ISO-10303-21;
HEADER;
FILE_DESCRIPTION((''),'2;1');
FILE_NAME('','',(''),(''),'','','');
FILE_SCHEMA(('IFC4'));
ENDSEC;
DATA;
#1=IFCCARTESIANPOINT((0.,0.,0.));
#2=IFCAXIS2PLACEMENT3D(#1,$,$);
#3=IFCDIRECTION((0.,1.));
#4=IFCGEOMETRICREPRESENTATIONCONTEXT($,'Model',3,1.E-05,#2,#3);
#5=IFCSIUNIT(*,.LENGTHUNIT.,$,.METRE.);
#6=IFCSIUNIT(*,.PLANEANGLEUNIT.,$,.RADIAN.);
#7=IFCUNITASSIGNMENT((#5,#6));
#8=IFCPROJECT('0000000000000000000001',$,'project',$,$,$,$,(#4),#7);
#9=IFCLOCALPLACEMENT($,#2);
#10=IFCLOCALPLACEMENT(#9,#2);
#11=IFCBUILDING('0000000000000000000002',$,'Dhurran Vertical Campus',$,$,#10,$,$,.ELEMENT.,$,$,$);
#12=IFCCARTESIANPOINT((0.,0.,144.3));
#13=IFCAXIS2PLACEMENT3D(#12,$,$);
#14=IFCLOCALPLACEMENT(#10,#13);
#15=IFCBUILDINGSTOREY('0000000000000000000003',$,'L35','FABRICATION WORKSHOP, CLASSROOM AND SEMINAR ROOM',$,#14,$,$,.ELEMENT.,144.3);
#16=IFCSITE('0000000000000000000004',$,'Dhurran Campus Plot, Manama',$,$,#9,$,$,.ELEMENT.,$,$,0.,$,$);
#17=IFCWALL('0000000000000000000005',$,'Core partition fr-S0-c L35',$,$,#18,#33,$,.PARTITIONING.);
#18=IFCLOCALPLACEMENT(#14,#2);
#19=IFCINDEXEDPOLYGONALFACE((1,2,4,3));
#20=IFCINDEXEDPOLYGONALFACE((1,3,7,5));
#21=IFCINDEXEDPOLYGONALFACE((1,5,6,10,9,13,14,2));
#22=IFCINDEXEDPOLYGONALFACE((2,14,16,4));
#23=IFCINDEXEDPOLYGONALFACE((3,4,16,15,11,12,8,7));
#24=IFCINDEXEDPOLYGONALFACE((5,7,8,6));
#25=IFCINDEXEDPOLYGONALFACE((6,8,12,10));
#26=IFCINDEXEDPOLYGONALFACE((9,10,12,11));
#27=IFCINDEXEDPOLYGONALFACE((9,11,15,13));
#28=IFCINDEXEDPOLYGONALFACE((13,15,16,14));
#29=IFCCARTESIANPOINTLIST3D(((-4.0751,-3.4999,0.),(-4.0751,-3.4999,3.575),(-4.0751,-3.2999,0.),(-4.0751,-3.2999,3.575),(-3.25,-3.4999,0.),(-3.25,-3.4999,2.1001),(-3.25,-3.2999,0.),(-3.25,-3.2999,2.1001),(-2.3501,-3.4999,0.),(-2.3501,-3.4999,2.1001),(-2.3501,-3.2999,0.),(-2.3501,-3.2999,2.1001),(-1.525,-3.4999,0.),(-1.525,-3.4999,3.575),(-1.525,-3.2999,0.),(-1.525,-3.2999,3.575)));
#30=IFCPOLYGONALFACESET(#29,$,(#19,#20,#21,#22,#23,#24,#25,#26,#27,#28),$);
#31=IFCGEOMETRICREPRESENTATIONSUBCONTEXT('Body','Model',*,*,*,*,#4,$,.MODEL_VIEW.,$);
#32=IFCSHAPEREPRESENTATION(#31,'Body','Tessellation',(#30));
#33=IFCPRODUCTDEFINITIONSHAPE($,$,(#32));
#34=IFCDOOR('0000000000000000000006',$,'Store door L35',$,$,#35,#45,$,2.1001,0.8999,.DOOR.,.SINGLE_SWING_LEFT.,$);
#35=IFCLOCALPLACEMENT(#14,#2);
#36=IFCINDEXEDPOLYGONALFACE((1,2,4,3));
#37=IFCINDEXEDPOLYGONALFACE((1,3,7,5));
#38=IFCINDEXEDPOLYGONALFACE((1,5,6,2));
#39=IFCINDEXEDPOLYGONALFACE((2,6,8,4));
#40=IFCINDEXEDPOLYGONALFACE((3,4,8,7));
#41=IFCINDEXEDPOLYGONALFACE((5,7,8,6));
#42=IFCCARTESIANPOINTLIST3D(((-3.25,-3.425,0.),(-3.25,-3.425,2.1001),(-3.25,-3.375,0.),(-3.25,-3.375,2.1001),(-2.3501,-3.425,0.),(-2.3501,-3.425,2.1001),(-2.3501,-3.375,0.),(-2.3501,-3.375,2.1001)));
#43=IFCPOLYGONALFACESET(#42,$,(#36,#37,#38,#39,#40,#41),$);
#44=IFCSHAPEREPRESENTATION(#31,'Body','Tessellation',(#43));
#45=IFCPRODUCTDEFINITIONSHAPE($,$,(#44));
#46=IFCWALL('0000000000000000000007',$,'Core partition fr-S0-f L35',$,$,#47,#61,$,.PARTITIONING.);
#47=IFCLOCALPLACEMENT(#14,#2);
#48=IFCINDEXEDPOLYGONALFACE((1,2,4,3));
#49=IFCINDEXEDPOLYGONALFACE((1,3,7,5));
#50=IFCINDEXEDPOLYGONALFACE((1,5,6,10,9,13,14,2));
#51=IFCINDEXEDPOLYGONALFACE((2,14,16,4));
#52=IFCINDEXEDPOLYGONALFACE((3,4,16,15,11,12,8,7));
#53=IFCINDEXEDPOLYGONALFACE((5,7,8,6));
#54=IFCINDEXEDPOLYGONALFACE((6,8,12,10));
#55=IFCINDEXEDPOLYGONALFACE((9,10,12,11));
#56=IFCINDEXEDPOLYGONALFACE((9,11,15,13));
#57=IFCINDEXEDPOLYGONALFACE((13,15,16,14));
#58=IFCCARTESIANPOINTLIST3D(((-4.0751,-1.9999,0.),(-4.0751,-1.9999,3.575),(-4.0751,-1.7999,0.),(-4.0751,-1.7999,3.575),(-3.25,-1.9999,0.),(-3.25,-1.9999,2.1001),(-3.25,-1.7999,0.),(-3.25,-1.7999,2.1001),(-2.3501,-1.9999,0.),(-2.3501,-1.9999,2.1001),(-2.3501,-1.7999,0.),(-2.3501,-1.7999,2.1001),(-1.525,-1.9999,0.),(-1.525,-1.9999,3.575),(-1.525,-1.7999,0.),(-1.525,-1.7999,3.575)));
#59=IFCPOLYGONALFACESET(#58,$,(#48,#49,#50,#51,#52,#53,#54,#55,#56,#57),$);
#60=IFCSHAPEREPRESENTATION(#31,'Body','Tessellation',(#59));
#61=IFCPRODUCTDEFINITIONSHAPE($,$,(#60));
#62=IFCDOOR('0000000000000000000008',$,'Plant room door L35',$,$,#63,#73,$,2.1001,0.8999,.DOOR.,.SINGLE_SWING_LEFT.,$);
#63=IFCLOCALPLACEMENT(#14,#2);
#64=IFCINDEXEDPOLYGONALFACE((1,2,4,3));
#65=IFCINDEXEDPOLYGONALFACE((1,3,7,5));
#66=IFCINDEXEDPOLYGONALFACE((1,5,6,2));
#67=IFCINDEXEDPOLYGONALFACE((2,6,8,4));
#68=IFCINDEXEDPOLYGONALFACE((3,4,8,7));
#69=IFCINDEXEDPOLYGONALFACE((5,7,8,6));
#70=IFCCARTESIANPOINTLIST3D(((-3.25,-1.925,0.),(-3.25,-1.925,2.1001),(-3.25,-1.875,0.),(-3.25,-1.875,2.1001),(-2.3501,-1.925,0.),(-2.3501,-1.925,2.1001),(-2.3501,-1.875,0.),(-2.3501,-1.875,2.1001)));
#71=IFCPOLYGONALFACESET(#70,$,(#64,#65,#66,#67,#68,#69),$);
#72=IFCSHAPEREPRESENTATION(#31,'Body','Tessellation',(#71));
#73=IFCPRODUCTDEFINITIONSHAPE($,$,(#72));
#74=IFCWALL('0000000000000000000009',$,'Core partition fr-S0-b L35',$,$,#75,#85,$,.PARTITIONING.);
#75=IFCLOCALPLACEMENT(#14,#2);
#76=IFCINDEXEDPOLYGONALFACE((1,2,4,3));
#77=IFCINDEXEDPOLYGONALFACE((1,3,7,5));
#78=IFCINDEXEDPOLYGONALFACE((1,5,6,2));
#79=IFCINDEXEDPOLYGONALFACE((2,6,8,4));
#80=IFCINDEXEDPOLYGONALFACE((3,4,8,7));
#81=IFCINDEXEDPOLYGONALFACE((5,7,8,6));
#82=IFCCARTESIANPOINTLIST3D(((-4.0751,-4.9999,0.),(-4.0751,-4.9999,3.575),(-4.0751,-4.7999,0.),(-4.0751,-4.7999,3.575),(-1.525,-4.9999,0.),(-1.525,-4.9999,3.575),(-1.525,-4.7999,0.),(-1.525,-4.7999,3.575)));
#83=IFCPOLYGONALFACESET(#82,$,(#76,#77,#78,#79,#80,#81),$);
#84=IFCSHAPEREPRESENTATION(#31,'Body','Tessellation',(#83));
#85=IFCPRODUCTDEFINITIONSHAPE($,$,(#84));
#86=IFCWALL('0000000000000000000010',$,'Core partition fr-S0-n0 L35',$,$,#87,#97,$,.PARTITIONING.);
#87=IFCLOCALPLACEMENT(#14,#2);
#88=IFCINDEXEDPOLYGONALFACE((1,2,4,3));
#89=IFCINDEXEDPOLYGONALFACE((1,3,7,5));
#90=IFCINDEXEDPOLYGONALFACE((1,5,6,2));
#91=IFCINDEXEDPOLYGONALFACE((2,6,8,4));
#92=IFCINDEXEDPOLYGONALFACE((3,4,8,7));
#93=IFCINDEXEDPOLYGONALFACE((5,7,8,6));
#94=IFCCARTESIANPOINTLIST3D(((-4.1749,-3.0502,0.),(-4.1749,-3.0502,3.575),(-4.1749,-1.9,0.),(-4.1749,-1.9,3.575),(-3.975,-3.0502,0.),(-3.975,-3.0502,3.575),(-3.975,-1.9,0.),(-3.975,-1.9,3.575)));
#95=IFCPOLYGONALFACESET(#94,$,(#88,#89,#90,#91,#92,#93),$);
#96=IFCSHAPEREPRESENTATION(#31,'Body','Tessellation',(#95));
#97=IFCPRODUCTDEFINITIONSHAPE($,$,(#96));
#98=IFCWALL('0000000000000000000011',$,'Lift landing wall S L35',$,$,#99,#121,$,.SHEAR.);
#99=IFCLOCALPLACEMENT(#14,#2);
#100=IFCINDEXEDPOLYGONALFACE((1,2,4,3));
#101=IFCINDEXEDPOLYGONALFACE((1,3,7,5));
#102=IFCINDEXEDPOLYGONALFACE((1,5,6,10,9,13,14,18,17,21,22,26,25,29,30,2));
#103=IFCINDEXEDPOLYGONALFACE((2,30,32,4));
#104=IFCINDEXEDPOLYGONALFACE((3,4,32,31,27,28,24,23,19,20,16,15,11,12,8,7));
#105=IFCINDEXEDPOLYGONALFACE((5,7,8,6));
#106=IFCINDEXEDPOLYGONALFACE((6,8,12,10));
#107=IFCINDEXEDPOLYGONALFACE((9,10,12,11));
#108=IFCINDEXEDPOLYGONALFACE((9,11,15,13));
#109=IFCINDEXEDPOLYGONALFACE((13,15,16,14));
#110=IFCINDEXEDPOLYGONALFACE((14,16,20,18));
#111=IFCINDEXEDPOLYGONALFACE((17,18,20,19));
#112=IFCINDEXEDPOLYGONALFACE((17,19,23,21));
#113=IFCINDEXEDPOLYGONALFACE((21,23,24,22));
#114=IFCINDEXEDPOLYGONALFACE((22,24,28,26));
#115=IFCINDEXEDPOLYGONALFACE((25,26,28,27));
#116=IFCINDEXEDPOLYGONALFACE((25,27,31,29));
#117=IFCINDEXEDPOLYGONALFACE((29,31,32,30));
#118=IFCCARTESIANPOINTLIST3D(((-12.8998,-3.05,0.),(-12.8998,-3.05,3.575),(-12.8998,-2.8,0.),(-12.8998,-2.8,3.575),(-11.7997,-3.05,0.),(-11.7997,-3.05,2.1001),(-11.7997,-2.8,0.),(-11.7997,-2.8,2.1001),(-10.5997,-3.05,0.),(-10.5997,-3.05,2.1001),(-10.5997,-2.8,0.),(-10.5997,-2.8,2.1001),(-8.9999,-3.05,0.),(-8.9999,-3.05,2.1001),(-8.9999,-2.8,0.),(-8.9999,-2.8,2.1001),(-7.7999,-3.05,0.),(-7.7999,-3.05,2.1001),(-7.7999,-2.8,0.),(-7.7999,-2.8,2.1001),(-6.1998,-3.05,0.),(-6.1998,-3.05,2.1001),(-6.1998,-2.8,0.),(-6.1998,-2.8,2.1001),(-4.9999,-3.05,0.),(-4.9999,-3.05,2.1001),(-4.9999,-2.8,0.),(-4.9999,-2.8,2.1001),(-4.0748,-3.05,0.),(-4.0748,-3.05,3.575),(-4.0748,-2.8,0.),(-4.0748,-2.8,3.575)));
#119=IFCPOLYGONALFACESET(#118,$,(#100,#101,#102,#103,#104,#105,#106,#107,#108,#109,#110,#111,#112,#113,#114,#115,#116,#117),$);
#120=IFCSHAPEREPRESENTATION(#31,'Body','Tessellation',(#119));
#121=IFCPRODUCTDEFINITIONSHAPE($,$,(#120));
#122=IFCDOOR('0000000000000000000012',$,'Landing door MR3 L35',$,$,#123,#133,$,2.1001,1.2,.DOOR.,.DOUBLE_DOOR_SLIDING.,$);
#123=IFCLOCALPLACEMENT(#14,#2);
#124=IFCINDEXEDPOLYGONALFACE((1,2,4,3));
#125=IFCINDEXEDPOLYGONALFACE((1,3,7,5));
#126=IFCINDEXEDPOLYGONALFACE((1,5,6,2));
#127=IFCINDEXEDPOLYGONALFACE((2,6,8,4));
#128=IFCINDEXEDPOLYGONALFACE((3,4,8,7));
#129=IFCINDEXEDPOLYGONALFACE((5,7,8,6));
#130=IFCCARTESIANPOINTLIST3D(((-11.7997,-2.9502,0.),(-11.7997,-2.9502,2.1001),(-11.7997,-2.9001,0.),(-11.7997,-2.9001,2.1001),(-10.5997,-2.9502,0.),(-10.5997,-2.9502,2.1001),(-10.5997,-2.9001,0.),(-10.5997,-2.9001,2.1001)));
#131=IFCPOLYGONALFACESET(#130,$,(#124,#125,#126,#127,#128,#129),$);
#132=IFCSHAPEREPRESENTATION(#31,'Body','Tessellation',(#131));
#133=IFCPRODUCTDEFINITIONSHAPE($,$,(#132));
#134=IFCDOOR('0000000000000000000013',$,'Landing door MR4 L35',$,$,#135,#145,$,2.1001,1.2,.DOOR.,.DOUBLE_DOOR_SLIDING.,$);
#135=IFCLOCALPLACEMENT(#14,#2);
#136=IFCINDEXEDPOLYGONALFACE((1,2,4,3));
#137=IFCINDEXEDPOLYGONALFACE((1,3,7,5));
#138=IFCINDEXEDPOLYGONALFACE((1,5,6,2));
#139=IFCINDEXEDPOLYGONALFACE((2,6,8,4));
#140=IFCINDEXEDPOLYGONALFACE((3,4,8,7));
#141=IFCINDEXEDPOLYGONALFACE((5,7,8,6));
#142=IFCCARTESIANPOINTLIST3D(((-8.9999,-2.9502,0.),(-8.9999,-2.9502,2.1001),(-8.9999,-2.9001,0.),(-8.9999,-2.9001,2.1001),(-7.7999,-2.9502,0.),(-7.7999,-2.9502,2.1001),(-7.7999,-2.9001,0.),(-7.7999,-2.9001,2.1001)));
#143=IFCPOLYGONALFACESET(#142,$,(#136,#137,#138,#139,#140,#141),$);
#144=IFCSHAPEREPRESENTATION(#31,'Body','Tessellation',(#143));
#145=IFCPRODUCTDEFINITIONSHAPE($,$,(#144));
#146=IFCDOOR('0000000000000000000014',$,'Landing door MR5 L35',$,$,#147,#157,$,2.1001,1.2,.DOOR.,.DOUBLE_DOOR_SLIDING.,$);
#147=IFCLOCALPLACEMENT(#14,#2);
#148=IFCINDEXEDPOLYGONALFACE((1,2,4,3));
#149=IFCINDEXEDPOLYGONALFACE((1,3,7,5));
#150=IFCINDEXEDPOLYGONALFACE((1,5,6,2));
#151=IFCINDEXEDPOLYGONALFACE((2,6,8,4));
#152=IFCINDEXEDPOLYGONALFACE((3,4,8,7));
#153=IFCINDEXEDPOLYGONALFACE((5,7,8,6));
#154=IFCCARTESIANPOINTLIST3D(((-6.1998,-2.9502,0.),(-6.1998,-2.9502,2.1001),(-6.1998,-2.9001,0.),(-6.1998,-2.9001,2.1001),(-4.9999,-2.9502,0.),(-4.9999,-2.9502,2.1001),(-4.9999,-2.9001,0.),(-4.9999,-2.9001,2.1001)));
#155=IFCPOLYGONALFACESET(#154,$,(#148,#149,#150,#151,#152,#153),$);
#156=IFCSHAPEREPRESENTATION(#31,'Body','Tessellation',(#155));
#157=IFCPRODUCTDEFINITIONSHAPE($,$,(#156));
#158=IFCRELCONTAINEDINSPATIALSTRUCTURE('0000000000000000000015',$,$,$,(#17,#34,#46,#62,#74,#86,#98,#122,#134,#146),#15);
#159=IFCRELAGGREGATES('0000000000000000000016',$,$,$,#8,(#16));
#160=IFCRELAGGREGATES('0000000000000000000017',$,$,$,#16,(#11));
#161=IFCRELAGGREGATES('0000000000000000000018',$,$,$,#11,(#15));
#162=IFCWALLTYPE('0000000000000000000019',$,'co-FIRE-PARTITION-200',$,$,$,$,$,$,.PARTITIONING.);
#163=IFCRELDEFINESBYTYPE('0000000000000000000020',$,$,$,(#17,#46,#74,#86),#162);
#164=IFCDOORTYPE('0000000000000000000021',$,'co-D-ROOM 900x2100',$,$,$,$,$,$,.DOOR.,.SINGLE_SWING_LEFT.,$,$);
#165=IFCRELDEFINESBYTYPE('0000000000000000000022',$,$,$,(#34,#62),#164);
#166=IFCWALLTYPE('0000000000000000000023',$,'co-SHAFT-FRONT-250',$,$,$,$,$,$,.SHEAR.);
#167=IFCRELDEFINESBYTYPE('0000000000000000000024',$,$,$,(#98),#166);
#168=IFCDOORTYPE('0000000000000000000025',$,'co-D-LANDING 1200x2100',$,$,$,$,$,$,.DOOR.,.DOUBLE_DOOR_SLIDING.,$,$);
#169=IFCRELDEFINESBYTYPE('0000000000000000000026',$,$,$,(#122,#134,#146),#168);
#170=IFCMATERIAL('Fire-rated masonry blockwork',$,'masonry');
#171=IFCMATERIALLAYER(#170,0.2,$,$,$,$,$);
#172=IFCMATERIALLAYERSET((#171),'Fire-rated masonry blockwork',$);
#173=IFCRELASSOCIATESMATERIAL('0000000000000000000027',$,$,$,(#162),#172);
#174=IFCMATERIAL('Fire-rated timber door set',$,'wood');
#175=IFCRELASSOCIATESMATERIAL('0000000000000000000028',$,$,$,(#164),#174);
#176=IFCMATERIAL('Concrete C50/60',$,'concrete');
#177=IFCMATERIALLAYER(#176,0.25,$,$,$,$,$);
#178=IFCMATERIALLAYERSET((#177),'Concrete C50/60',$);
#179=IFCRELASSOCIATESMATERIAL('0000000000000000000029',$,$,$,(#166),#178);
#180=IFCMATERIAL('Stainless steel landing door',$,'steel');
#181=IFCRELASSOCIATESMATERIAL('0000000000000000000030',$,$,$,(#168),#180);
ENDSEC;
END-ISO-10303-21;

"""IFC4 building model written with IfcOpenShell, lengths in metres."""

from ifc_helpers import new_model, si_unit, direction, frame, frame_2d, origin, place, context, subcontext, project, spatial, rectangle, extrude, material, layer, layer_set, type_object, element, fill, save


model = new_model("IFC4")

# Units and contexts
model_context = context("Model", 3, precision=1e-05, world=origin(), true_north=direction((0.0, 1.0)))
body_context = subcontext(model_context, "Body", "Model", "MODEL_VIEW")
ifc_project = project(units=[si_unit("LENGTHUNIT", "METRE"), si_unit("PLANEANGLEUNIT", "RADIAN")], contexts=[model_context])

# Site, building, storey
site_placement = place(None, origin())
site = spatial("IfcSite", under=ifc_project, at=site_placement, Name="Dhurran Campus Plot, Manama", CompositionType="ELEMENT", RefElevation=0.0)
building_placement = place(site_placement, origin())
building = spatial("IfcBuilding", under=site, at=building_placement, Name="Dhurran Vertical Campus", CompositionType="ELEMENT")
storey_placement = place(building_placement, frame((0.0, 0.0, 144.3)))
storey = spatial("IfcBuildingStorey", under=building, at=storey_placement, Name="L35", Description="FABRICATION WORKSHOP, CLASSROOM AND SEMINAR ROOM", CompositionType="ELEMENT", Elevation=144.3)

# Shared definitions
ifc_material_1 = material(Name="Fire-rated masonry blockwork", Category="masonry")
ifc_layer_1 = layer(ifc_material_1, 0.2)
ifc_layer_set_1 = layer_set([ifc_layer_1], Name="Fire-rated masonry blockwork")
wall_type_1 = type_object("IfcWallType", Name="co-FIRE-PARTITION-200", PredefinedType="PARTITIONING", material=ifc_layer_set_1)

# Walls, openings, doors
wall_1_placement = place(storey_placement, frame((-4.075, -3.3999, 0.0), z_axis=(0.0, 0.0, 1.0), x_axis=(1.0, 0.0, 0.0)))
wall_1 = element("IfcWall", 1, at=wall_1_placement, inside=storey, type_object=wall_type_1, Name="Core partition fr-S0-c L35", PredefinedType="PARTITIONING", context=body_context, shape_type="SweptSolid", body=[
    extrude(rectangle(XDim=2.55, YDim=0.2, at=frame_2d((1.2749, 0.0))), origin(), (0.0, 0.0, 1.0), 3.575),
])
opening_1_placement = place(wall_1_placement, frame((0.825, 0.0, 0.0)))
opening_1 = element("IfcOpeningElement", 2, at=opening_1_placement, cuts=wall_1, PredefinedType="OPENING", context=body_context, shape_type="SweptSolid", body=[
    extrude(rectangle(XDim=0.8999, YDim=2.1001, at=frame_2d((0.45, 1.05))), frame((0.0, 0.1099, 0.0), z_axis=(0.0, -1.0, 0.0), x_axis=(1.0, 0.0, 0.0)), (0.0, 0.0, 1.0), 0.22),
])
ifc_material_2 = material(Name="Fire-rated timber door set", Category="wood")
door_type_1 = type_object("IfcDoorType", Name="co-D-ROOM 900x2100", OperationType="SINGLE_SWING_LEFT", PredefinedType="DOOR", material=ifc_material_2)
door_1_placement = place(opening_1_placement, origin())
door_1 = element("IfcDoor", 3, at=door_1_placement, inside=storey, type_object=door_type_1, Name="Store door L35", OperationType="SINGLE_SWING_LEFT", OverallHeight=2.1001, OverallWidth=0.8999, PredefinedType="DOOR", context=body_context, shape_type="SweptSolid", body=[
    extrude(rectangle(XDim=0.8999, YDim=2.1001, at=frame_2d((0.45, 1.05))), frame((0.0, 0.0249, 0.0), z_axis=(0.0, -1.0, 0.0), x_axis=(1.0, 0.0, 0.0)), (0.0, 0.0, 1.0), 0.05),
])
fill(opening_1, door_1)
wall_2_placement = place(storey_placement, frame((-4.075, -1.8999, 0.0), z_axis=(0.0, 0.0, 1.0), x_axis=(1.0, 0.0, 0.0)))
wall_2 = element("IfcWall", 4, at=wall_2_placement, inside=storey, type_object=wall_type_1, Name="Core partition fr-S0-f L35", PredefinedType="PARTITIONING", context=body_context, shape_type="SweptSolid", body=[
    extrude(rectangle(XDim=2.55, YDim=0.2, at=frame_2d((1.2749, 0.0))), origin(), (0.0, 0.0, 1.0), 3.575),
])
opening_2_placement = place(wall_2_placement, frame((0.825, 0.0, 0.0)))
opening_2 = element("IfcOpeningElement", 5, at=opening_2_placement, cuts=wall_2, PredefinedType="OPENING", context=body_context, shape_type="SweptSolid", body=[
    extrude(rectangle(XDim=0.8999, YDim=2.1001, at=frame_2d((0.45, 1.05))), frame((0.0, 0.1099, 0.0), z_axis=(0.0, -1.0, 0.0), x_axis=(1.0, 0.0, 0.0)), (0.0, 0.0, 1.0), 0.22),
])
door_2_placement = place(opening_2_placement, origin())
door_2 = element("IfcDoor", 6, at=door_2_placement, inside=storey, type_object=door_type_1, Name="Plant room door L35", OperationType="SINGLE_SWING_LEFT", OverallHeight=2.1001, OverallWidth=0.8999, PredefinedType="DOOR", context=body_context, shape_type="SweptSolid", body=[
    extrude(rectangle(XDim=0.8999, YDim=2.1001, at=frame_2d((0.45, 1.05))), frame((0.0, 0.0249, 0.0), z_axis=(0.0, -1.0, 0.0), x_axis=(1.0, 0.0, 0.0)), (0.0, 0.0, 1.0), 0.05),
])
fill(opening_2, door_2)

# Walls
wall_3_placement = place(storey_placement, frame((-4.075, -4.8999, 0.0), z_axis=(0.0, 0.0, 1.0), x_axis=(1.0, 0.0, 0.0)))
element("IfcWall", 7, at=wall_3_placement, inside=storey, type_object=wall_type_1, Name="Core partition fr-S0-b L35", PredefinedType="PARTITIONING", context=body_context, shape_type="SweptSolid", body=[
    extrude(rectangle(XDim=2.55, YDim=0.2, at=frame_2d((1.2749, 0.0))), origin(), (0.0, 0.0, 1.0), 3.575),
])
wall_4_placement = place(storey_placement, frame((-4.075, -1.8999, 0.0), z_axis=(0.0, 0.0, 1.0), x_axis=(0.0, -1.0, 0.0)))
element("IfcWall", 8, at=wall_4_placement, inside=storey, type_object=wall_type_1, Name="Core partition fr-S0-n0 L35", PredefinedType="PARTITIONING", context=body_context, shape_type="SweptSolid", body=[
    extrude(rectangle(XDim=1.1501, YDim=0.2, at=frame_2d((0.5752, 0.0))), origin(), (0.0, 0.0, 1.0), 3.575),
])

# Wall, openings, doors
ifc_material_3 = material(Name="Concrete C50/60", Category="concrete")
ifc_layer_2 = layer(ifc_material_3, 0.25)
ifc_layer_set_2 = layer_set([ifc_layer_2], Name="Concrete C50/60")
wall_type_2 = type_object("IfcWallType", Name="co-SHAFT-FRONT-250", PredefinedType="SHEAR", material=ifc_layer_set_2)
wall_5_placement = place(storey_placement, frame((-12.8999, -2.925, 0.0), z_axis=(0.0, 0.0, 1.0), x_axis=(1.0, 0.0, 0.0)))
wall_5 = element("IfcWall", 9, at=wall_5_placement, inside=storey, type_object=wall_type_2, Name="Lift landing wall S L35", PredefinedType="SHEAR", context=body_context, shape_type="SweptSolid", body=[
    extrude(rectangle(XDim=8.825, YDim=0.25, at=frame_2d((4.4126, 0.0))), origin(), (0.0, 0.0, 1.0), 3.575),
])
opening_3_placement = place(wall_5_placement, frame((1.1001, 0.0, 0.0)))
opening_3 = element("IfcOpeningElement", 10, at=opening_3_placement, cuts=wall_5, PredefinedType="OPENING", context=body_context, shape_type="SweptSolid", body=[
    extrude(rectangle(XDim=1.2, YDim=2.1001, at=frame_2d((0.6001, 1.05))), frame((0.0, 0.135, 0.0), z_axis=(0.0, -1.0, 0.0), x_axis=(1.0, 0.0, 0.0)), (0.0, 0.0, 1.0), 0.27),
])
opening_4_placement = place(wall_5_placement, frame((3.8999, 0.0, 0.0)))
opening_4 = element("IfcOpeningElement", 11, at=opening_4_placement, cuts=wall_5, PredefinedType="OPENING", context=body_context, shape_type="SweptSolid", body=[
    extrude(rectangle(XDim=1.2, YDim=2.1001, at=frame_2d((0.6001, 1.05))), frame((0.0, 0.135, 0.0), z_axis=(0.0, -1.0, 0.0), x_axis=(1.0, 0.0, 0.0)), (0.0, 0.0, 1.0), 0.27),
])
opening_5_placement = place(wall_5_placement, frame((6.7, 0.0, 0.0)))
opening_5 = element("IfcOpeningElement", 12, at=opening_5_placement, cuts=wall_5, PredefinedType="OPENING", context=body_context, shape_type="SweptSolid", body=[
    extrude(rectangle(XDim=1.2, YDim=2.1001, at=frame_2d((0.6001, 1.05))), frame((0.0, 0.135, 0.0), z_axis=(0.0, -1.0, 0.0), x_axis=(1.0, 0.0, 0.0)), (0.0, 0.0, 1.0), 0.27),
])
ifc_material_4 = material(Name="Stainless steel landing door", Category="steel")
door_type_2 = type_object("IfcDoorType", Name="co-D-LANDING 1200x2100", OperationType="DOUBLE_DOOR_SLIDING", PredefinedType="DOOR", material=ifc_material_4)
door_3_placement = place(opening_3_placement, origin())
door_3 = element("IfcDoor", 13, at=door_3_placement, inside=storey, type_object=door_type_2, Name="Landing door MR3 L35", OperationType="DOUBLE_DOOR_SLIDING", OverallHeight=2.1001, OverallWidth=1.2, PredefinedType="DOOR", context=body_context, shape_type="SweptSolid", body=[
    extrude(rectangle(XDim=1.2, YDim=2.1001, at=frame_2d((0.6001, 1.05))), frame((0.0, 0.0249, 0.0), z_axis=(0.0, -1.0, 0.0), x_axis=(1.0, 0.0, 0.0)), (0.0, 0.0, 1.0), 0.05),
])
fill(opening_3, door_3)
door_4_placement = place(opening_4_placement, origin())
door_4 = element("IfcDoor", 14, at=door_4_placement, inside=storey, type_object=door_type_2, Name="Landing door MR4 L35", OperationType="DOUBLE_DOOR_SLIDING", OverallHeight=2.1001, OverallWidth=1.2, PredefinedType="DOOR", context=body_context, shape_type="SweptSolid", body=[
    extrude(rectangle(XDim=1.2, YDim=2.1001, at=frame_2d((0.6001, 1.05))), frame((0.0, 0.0249, 0.0), z_axis=(0.0, -1.0, 0.0), x_axis=(1.0, 0.0, 0.0)), (0.0, 0.0, 1.0), 0.05),
])
fill(opening_4, door_4)
door_5_placement = place(opening_5_placement, origin())
door_5 = element("IfcDoor", 15, at=door_5_placement, inside=storey, type_object=door_type_2, Name="Landing door MR5 L35", OperationType="DOUBLE_DOOR_SLIDING", OverallHeight=2.1001, OverallWidth=1.2, PredefinedType="DOOR", context=body_context, shape_type="SweptSolid", body=[
    extrude(rectangle(XDim=1.2, YDim=2.1001, at=frame_2d((0.6001, 1.05))), frame((0.0, 0.0249, 0.0), z_axis=(0.0, -1.0, 0.0), x_axis=(1.0, 0.0, 0.0)), (0.0, 0.0, 1.0), 0.05),
])
fill(opening_5, door_5)

save(model, "model.ifc")
